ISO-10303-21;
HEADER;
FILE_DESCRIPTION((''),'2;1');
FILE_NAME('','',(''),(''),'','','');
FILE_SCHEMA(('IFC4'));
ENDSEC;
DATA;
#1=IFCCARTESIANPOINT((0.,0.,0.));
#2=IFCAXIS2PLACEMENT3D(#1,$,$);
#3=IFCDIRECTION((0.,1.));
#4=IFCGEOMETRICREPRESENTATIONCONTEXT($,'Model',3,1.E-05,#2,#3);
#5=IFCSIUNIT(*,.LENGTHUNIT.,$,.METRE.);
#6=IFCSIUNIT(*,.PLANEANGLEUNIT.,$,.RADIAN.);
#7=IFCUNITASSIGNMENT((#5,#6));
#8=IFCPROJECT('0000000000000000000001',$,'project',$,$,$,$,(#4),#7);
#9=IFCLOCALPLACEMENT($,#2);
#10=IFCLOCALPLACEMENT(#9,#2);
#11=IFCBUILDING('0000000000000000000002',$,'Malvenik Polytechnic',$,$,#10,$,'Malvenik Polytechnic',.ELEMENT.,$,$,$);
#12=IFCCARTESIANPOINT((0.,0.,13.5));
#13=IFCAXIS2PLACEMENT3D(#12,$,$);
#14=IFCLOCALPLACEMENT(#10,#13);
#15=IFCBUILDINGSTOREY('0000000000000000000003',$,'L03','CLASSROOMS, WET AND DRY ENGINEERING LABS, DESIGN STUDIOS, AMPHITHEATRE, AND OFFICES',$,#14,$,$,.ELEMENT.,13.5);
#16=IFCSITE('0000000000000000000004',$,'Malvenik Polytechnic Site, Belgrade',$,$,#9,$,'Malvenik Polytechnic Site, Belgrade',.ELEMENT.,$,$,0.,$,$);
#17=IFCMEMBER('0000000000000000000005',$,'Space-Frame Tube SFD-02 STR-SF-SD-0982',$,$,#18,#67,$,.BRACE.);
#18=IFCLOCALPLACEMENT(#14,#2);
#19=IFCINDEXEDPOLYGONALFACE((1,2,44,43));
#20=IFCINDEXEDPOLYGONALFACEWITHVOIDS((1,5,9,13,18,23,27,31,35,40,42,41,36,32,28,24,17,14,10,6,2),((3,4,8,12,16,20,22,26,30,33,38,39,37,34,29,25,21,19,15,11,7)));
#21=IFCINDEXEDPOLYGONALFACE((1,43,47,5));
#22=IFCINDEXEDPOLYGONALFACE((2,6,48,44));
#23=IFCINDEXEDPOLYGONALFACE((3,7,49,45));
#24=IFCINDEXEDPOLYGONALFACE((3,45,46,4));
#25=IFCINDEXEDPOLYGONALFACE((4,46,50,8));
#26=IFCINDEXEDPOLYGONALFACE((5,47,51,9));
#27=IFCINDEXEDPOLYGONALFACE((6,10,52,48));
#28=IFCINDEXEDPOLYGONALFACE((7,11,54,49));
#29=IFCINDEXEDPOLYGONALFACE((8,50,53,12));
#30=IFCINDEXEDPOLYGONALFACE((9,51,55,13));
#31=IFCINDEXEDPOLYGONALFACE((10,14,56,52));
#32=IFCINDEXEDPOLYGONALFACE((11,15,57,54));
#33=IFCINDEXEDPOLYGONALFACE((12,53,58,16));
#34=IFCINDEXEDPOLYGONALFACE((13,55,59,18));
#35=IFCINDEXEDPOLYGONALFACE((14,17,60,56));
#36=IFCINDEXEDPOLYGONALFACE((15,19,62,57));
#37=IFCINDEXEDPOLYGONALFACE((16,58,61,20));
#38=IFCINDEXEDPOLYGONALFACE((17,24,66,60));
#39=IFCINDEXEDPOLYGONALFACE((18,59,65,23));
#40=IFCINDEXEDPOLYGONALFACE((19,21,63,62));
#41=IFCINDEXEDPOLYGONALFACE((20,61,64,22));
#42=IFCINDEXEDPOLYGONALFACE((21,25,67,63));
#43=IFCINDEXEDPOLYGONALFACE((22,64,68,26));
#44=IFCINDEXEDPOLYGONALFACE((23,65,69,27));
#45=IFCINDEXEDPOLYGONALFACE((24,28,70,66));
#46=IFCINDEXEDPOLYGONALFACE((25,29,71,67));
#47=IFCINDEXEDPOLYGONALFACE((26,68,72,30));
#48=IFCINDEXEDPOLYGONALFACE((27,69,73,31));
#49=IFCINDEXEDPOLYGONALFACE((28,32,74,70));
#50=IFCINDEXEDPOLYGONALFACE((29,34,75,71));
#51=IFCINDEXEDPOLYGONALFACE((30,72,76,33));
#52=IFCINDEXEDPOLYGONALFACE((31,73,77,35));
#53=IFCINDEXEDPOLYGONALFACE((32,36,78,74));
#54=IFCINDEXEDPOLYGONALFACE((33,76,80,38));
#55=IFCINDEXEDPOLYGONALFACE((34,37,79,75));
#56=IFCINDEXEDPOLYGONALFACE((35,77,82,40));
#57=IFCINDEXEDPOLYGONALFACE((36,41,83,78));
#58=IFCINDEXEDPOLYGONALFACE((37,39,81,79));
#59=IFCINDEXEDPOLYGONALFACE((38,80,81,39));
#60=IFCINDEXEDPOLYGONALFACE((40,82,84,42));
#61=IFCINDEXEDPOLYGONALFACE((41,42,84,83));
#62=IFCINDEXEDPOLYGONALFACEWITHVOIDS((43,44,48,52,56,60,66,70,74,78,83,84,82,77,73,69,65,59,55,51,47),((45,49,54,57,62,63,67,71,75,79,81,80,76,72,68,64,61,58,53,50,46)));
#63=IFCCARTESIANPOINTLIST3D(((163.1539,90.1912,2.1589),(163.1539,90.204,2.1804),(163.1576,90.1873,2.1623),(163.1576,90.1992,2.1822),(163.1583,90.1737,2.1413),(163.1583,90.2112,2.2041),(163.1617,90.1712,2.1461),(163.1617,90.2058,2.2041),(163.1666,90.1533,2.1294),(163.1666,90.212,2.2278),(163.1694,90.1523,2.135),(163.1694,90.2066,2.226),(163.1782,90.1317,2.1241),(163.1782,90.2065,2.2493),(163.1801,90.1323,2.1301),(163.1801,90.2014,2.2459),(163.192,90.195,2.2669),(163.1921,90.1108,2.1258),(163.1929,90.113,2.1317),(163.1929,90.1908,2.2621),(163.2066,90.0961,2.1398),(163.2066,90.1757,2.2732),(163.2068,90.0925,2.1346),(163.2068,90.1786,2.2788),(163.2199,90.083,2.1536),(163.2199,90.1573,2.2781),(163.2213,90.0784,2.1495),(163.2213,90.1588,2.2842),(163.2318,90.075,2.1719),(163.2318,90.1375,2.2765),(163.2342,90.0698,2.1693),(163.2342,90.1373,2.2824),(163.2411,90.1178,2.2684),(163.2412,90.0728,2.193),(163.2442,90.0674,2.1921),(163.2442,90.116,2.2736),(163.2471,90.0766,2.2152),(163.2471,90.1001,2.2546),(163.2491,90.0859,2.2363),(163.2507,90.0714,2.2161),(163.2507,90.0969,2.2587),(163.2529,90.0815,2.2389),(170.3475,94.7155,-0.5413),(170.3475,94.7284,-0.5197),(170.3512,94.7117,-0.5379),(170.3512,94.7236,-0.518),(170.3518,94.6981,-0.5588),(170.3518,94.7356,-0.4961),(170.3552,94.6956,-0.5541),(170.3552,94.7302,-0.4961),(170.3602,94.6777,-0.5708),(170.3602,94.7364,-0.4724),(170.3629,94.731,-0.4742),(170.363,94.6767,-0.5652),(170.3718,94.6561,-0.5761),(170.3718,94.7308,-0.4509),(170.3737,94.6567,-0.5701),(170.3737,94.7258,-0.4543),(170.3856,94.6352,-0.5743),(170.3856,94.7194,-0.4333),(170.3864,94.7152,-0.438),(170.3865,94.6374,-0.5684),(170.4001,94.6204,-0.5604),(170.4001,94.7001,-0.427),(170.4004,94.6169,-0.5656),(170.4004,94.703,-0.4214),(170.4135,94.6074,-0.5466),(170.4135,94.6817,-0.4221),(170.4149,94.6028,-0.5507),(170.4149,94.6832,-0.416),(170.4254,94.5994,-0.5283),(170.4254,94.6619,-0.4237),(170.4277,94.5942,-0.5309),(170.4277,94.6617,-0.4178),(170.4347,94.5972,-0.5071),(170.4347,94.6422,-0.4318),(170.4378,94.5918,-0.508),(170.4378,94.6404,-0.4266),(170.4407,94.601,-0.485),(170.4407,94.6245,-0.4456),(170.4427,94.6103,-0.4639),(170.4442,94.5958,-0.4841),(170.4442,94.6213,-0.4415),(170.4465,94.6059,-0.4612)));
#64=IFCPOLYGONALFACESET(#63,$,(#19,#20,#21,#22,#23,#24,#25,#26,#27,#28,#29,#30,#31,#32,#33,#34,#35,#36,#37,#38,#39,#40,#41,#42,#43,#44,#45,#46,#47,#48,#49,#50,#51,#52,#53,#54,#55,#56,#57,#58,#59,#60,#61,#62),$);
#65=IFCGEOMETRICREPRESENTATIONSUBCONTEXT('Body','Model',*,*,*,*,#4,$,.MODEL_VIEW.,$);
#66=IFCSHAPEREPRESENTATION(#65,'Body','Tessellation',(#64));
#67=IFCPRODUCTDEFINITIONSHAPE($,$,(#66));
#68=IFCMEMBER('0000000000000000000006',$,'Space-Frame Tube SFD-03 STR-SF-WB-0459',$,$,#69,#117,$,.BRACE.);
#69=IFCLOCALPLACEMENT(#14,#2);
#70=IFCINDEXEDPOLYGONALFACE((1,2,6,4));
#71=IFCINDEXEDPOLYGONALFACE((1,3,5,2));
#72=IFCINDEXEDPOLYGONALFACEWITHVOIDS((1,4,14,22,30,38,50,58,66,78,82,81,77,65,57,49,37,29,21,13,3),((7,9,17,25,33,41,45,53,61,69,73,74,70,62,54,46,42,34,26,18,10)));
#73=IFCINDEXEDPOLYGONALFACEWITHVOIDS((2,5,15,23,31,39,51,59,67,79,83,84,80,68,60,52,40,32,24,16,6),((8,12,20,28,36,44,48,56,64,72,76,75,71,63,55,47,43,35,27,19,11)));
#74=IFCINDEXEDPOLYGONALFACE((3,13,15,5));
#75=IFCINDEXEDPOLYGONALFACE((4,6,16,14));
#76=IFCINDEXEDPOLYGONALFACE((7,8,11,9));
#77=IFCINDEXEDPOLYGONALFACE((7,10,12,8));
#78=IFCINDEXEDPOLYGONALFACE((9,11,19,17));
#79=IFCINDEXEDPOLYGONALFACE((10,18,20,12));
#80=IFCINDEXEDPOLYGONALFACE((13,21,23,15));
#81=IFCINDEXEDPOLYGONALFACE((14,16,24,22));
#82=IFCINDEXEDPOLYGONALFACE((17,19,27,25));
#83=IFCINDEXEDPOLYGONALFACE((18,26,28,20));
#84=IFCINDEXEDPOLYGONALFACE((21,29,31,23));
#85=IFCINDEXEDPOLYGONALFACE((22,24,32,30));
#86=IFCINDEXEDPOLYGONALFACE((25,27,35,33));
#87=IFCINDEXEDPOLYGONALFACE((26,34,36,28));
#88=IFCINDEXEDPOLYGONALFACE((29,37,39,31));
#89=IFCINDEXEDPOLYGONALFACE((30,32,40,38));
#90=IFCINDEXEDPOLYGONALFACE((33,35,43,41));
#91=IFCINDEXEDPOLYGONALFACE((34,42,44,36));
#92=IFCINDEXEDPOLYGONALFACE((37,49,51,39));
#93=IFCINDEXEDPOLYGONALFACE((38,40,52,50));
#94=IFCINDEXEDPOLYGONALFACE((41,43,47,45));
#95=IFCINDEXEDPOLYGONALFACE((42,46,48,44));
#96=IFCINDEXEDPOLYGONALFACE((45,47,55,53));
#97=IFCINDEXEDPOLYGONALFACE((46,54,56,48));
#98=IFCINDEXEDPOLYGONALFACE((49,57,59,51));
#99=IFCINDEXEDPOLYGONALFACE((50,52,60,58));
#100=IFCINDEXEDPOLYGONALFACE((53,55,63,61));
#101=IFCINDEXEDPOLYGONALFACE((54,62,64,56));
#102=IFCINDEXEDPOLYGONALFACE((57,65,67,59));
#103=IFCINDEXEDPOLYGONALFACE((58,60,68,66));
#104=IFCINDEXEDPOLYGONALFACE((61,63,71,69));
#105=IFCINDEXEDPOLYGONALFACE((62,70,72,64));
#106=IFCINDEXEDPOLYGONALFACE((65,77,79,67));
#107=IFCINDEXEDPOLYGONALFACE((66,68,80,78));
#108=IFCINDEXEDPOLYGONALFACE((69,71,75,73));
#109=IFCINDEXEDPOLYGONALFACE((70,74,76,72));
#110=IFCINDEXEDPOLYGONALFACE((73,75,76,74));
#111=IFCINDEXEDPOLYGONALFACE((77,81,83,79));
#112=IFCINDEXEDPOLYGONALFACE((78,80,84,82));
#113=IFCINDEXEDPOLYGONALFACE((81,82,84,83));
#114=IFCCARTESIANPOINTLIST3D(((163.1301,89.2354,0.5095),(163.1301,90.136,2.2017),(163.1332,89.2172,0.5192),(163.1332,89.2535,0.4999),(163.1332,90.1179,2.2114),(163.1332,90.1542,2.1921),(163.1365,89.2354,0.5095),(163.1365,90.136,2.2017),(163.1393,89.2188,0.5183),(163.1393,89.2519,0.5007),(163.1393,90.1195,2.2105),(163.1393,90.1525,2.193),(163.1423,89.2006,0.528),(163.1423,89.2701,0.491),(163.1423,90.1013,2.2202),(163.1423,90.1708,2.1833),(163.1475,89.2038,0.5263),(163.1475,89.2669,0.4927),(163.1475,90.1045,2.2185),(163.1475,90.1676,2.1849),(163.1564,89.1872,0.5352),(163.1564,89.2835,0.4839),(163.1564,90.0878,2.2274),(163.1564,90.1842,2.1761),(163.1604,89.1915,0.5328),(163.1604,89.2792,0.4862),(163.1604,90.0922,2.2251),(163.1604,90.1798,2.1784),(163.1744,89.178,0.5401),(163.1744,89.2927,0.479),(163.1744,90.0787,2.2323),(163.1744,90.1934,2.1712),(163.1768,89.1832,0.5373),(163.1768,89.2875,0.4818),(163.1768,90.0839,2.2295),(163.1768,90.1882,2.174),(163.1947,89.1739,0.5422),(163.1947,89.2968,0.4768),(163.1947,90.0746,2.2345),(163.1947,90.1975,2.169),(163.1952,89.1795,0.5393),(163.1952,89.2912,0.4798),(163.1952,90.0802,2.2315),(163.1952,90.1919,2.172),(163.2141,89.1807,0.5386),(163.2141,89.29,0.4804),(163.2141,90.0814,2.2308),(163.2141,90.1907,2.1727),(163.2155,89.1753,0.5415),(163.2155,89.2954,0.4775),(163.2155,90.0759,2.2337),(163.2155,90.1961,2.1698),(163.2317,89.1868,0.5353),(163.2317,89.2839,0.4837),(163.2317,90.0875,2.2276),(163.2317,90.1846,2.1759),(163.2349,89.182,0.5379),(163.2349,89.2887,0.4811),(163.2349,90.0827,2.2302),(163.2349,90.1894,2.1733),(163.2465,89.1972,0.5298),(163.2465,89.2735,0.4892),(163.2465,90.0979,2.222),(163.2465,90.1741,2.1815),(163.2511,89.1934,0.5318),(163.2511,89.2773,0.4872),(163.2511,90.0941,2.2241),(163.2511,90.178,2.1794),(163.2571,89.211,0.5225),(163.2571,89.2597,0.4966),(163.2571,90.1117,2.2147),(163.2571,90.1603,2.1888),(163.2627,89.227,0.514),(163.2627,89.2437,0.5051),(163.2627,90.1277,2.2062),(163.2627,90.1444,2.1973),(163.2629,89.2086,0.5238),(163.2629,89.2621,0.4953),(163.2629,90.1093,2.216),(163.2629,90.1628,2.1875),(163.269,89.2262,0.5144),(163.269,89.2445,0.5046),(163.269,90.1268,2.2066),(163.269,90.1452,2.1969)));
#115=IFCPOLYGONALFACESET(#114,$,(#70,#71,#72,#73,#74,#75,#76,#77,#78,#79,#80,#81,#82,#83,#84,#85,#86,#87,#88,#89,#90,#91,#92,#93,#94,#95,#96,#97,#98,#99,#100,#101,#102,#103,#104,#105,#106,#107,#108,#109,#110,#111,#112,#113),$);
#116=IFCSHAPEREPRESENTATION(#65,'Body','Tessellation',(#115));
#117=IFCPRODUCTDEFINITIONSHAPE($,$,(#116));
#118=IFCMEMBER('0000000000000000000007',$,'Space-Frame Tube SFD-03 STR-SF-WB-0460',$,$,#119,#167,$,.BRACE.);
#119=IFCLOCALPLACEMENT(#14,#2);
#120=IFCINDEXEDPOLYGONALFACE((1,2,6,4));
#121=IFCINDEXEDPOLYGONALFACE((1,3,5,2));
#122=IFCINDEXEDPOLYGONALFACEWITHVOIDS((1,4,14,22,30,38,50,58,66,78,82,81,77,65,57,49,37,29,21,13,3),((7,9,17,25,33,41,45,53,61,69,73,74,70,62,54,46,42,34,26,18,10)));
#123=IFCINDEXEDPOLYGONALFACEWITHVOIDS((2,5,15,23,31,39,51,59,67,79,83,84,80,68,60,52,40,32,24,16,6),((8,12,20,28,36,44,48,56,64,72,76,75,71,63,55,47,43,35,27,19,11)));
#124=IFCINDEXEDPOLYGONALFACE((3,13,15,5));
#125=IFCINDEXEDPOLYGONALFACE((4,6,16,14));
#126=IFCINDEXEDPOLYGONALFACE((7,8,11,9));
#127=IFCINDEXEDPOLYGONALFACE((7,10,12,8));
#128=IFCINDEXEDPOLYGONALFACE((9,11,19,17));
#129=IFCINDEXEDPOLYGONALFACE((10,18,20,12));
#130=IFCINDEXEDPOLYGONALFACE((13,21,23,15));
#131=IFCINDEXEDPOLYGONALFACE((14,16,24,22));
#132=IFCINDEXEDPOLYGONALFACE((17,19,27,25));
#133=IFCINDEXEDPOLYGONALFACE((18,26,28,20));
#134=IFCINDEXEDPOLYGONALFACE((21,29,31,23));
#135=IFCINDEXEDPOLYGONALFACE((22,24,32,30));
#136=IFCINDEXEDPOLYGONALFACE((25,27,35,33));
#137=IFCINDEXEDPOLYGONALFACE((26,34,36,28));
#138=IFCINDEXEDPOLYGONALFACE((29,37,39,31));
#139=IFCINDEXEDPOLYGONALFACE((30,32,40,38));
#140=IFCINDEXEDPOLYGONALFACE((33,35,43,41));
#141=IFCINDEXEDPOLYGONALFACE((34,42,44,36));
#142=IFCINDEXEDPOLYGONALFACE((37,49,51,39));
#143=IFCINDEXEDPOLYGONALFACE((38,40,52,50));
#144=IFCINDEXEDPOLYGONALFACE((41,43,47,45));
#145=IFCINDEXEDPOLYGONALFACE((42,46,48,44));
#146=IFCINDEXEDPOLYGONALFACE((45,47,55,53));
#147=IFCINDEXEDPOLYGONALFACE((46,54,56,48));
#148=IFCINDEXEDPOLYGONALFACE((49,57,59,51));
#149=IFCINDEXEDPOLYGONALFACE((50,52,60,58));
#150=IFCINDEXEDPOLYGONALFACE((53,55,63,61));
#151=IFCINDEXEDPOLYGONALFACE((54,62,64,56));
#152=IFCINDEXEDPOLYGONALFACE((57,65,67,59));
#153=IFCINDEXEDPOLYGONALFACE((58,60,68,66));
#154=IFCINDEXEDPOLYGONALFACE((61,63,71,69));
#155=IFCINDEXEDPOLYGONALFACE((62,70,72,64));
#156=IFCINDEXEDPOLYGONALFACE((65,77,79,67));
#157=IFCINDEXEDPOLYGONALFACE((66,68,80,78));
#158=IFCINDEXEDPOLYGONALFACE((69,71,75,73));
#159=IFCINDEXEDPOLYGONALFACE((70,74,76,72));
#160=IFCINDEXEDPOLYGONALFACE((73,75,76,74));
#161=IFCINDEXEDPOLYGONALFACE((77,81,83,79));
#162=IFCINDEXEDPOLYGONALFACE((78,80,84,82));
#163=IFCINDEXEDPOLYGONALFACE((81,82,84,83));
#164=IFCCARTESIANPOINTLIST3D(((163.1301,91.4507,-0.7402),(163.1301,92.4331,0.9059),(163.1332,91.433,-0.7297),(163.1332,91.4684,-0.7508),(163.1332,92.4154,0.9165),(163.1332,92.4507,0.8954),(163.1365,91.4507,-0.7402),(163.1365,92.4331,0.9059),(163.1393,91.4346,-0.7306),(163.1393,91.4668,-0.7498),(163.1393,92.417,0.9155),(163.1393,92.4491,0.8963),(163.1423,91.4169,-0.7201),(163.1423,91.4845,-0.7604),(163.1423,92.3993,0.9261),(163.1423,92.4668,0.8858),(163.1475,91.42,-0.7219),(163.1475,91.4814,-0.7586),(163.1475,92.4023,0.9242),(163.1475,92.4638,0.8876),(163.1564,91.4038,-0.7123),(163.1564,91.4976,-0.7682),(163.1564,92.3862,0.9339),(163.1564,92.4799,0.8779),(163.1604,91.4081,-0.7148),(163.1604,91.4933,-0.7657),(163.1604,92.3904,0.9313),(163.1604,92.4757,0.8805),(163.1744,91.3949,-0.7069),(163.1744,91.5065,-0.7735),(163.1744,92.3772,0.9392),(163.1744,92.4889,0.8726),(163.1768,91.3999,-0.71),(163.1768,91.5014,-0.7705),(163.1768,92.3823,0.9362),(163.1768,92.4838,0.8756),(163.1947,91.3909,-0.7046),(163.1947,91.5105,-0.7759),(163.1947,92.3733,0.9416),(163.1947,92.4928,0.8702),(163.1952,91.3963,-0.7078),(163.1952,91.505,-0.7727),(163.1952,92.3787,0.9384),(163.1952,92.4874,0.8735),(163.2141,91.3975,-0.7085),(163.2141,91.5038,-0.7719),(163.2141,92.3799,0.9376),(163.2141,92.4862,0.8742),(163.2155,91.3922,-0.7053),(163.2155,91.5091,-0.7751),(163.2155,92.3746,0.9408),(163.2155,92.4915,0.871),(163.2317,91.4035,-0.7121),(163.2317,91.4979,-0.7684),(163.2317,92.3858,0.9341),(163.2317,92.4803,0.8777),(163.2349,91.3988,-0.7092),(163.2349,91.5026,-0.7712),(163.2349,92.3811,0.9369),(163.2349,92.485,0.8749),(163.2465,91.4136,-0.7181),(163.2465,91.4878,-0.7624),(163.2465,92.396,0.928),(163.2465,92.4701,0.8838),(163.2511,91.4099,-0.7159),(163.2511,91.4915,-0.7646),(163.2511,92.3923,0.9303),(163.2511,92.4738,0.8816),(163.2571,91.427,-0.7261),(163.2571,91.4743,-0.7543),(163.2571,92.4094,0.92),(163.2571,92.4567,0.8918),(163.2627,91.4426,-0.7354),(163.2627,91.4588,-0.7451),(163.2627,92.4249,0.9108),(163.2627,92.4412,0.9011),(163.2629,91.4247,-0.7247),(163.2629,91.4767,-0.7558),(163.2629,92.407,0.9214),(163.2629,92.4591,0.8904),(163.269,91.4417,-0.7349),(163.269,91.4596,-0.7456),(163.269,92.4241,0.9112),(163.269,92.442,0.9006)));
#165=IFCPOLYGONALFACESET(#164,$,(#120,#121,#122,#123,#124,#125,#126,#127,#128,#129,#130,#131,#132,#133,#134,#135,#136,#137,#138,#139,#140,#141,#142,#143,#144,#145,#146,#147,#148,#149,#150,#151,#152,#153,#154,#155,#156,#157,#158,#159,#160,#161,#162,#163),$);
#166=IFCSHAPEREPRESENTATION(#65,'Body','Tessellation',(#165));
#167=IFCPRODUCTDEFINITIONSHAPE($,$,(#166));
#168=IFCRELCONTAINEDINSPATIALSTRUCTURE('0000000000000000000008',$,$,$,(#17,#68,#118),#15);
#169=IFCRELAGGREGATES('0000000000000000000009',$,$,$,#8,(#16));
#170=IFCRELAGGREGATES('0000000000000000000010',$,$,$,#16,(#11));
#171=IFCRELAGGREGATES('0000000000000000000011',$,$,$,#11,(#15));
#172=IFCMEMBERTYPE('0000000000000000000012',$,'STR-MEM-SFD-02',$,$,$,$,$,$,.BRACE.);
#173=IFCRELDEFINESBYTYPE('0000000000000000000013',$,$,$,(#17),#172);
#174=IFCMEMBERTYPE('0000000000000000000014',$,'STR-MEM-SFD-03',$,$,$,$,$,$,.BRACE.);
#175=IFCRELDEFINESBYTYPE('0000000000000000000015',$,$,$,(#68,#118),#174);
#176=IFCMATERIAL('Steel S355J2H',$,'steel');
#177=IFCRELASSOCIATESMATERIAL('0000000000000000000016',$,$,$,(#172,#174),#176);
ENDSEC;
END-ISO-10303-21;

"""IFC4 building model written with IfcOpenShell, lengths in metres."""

from ifc_helpers import new_model, si_unit, direction, frame, origin, origin_2d, place, context, subcontext, project, spatial, hollow_circle, extrude, material, material_profile, profile_set, type_object, element, save


model = new_model("IFC4")

# Units and contexts
model_context = context("Model", 3, precision=1e-05, world=origin(), true_north=direction((0.0, 1.0)))
body_context = subcontext(model_context, "Body", "Model", "MODEL_VIEW")
ifc_project = project(units=[si_unit("LENGTHUNIT", "METRE"), si_unit("PLANEANGLEUNIT", "RADIAN")], contexts=[model_context])

# Site, building, storey
site_placement = place(None, origin())
site = spatial("IfcSite", under=ifc_project, at=site_placement, Name="Malvenik Polytechnic Site, Belgrade", LongName="Malvenik Polytechnic Site, Belgrade", CompositionType="ELEMENT", RefElevation=0.0)
building_placement = place(site_placement, origin())
building = spatial("IfcBuilding", under=site, at=building_placement, Name="Malvenik Polytechnic", LongName="Malvenik Polytechnic", CompositionType="ELEMENT")
storey_placement = place(building_placement, frame((0.0, 0.0, 13.5)))
storey = spatial("IfcBuildingStorey", under=building, at=storey_placement, Name="L03", Description="CLASSROOMS, WET AND DRY ENGINEERING LABS, DESIGN STUDIOS, AMPHITHEATRE, AND OFFICES", CompositionType="ELEMENT", Elevation=13.5)

# Members
ifc_material_1 = material(Name="Steel S355J2H", Category="steel")
ifc_material_profile_1 = material_profile(ifc_material_1, hollow_circle(Radius=0.0842, WallThickness=0.0063, at=origin_2d()), Name="CHS 168.3x6.3")
ifc_profile_set_1 = profile_set([ifc_material_profile_1], Name="Steel S355J2H")
member_type_1 = type_object("IfcMemberType", Name="STR-MEM-SFD-02", PredefinedType="BRACE", material=ifc_profile_set_1)
for number, where, z_axis, x_axis, name in (
    (1, (163.2031, 90.1399, 2.2041), (0.806747, 0.507403, -0.302821), (-0.532401, 0.846492, 0.0), "Space-Frame Tube SFD-02 STR-SF-SD-0982"),
):
    element("IfcMember", number, at=place(storey_placement, frame(where, z_axis=z_axis, x_axis=x_axis)), inside=storey, type_object=member_type_1, Name=name, PredefinedType="BRACE", context=body_context, shape_type="SweptSolid", body=[
        extrude(hollow_circle(Radius=0.0842, WallThickness=0.0063, at=origin_2d()), origin(), (0.0, 0.0, 1.0), 8.9167),
    ])
ifc_material_profile_2 = material_profile(ifc_material_1, hollow_circle(Radius=0.0698, WallThickness=0.0063, at=origin_2d()), Name="CHS 139.7x6.3")
ifc_profile_set_2 = profile_set([ifc_material_profile_2], Name="Steel S355J2H")
member_type_2 = type_object("IfcMemberType", Name="STR-MEM-SFD-03", PredefinedType="BRACE", material=ifc_profile_set_2)
for number, where, z_axis, x_axis, name in (
    (2, (163.2, 89.2354, 0.5095), (0.0, 0.469841, 0.882751), (-1.0, 0.0, 0.0), "Space-Frame Tube SFD-03 STR-SF-WB-0459"),
    (3, (163.2, 91.4507, -0.7402), (0.0, 0.512453, 0.858715), (-1.0, 0.0, 0.0), "Space-Frame Tube SFD-03 STR-SF-WB-0460"),
):
    element("IfcMember", number, at=place(storey_placement, frame(where, z_axis=z_axis, x_axis=x_axis)), inside=storey, type_object=member_type_2, Name=name, PredefinedType="BRACE", context=body_context, shape_type="SweptSolid", body=[
        extrude(hollow_circle(Radius=0.0698, WallThickness=0.0063, at=origin_2d()), origin(), (0.0, 0.0, 1.0), 1.917),
    ])

save(model, "model.ifc")
